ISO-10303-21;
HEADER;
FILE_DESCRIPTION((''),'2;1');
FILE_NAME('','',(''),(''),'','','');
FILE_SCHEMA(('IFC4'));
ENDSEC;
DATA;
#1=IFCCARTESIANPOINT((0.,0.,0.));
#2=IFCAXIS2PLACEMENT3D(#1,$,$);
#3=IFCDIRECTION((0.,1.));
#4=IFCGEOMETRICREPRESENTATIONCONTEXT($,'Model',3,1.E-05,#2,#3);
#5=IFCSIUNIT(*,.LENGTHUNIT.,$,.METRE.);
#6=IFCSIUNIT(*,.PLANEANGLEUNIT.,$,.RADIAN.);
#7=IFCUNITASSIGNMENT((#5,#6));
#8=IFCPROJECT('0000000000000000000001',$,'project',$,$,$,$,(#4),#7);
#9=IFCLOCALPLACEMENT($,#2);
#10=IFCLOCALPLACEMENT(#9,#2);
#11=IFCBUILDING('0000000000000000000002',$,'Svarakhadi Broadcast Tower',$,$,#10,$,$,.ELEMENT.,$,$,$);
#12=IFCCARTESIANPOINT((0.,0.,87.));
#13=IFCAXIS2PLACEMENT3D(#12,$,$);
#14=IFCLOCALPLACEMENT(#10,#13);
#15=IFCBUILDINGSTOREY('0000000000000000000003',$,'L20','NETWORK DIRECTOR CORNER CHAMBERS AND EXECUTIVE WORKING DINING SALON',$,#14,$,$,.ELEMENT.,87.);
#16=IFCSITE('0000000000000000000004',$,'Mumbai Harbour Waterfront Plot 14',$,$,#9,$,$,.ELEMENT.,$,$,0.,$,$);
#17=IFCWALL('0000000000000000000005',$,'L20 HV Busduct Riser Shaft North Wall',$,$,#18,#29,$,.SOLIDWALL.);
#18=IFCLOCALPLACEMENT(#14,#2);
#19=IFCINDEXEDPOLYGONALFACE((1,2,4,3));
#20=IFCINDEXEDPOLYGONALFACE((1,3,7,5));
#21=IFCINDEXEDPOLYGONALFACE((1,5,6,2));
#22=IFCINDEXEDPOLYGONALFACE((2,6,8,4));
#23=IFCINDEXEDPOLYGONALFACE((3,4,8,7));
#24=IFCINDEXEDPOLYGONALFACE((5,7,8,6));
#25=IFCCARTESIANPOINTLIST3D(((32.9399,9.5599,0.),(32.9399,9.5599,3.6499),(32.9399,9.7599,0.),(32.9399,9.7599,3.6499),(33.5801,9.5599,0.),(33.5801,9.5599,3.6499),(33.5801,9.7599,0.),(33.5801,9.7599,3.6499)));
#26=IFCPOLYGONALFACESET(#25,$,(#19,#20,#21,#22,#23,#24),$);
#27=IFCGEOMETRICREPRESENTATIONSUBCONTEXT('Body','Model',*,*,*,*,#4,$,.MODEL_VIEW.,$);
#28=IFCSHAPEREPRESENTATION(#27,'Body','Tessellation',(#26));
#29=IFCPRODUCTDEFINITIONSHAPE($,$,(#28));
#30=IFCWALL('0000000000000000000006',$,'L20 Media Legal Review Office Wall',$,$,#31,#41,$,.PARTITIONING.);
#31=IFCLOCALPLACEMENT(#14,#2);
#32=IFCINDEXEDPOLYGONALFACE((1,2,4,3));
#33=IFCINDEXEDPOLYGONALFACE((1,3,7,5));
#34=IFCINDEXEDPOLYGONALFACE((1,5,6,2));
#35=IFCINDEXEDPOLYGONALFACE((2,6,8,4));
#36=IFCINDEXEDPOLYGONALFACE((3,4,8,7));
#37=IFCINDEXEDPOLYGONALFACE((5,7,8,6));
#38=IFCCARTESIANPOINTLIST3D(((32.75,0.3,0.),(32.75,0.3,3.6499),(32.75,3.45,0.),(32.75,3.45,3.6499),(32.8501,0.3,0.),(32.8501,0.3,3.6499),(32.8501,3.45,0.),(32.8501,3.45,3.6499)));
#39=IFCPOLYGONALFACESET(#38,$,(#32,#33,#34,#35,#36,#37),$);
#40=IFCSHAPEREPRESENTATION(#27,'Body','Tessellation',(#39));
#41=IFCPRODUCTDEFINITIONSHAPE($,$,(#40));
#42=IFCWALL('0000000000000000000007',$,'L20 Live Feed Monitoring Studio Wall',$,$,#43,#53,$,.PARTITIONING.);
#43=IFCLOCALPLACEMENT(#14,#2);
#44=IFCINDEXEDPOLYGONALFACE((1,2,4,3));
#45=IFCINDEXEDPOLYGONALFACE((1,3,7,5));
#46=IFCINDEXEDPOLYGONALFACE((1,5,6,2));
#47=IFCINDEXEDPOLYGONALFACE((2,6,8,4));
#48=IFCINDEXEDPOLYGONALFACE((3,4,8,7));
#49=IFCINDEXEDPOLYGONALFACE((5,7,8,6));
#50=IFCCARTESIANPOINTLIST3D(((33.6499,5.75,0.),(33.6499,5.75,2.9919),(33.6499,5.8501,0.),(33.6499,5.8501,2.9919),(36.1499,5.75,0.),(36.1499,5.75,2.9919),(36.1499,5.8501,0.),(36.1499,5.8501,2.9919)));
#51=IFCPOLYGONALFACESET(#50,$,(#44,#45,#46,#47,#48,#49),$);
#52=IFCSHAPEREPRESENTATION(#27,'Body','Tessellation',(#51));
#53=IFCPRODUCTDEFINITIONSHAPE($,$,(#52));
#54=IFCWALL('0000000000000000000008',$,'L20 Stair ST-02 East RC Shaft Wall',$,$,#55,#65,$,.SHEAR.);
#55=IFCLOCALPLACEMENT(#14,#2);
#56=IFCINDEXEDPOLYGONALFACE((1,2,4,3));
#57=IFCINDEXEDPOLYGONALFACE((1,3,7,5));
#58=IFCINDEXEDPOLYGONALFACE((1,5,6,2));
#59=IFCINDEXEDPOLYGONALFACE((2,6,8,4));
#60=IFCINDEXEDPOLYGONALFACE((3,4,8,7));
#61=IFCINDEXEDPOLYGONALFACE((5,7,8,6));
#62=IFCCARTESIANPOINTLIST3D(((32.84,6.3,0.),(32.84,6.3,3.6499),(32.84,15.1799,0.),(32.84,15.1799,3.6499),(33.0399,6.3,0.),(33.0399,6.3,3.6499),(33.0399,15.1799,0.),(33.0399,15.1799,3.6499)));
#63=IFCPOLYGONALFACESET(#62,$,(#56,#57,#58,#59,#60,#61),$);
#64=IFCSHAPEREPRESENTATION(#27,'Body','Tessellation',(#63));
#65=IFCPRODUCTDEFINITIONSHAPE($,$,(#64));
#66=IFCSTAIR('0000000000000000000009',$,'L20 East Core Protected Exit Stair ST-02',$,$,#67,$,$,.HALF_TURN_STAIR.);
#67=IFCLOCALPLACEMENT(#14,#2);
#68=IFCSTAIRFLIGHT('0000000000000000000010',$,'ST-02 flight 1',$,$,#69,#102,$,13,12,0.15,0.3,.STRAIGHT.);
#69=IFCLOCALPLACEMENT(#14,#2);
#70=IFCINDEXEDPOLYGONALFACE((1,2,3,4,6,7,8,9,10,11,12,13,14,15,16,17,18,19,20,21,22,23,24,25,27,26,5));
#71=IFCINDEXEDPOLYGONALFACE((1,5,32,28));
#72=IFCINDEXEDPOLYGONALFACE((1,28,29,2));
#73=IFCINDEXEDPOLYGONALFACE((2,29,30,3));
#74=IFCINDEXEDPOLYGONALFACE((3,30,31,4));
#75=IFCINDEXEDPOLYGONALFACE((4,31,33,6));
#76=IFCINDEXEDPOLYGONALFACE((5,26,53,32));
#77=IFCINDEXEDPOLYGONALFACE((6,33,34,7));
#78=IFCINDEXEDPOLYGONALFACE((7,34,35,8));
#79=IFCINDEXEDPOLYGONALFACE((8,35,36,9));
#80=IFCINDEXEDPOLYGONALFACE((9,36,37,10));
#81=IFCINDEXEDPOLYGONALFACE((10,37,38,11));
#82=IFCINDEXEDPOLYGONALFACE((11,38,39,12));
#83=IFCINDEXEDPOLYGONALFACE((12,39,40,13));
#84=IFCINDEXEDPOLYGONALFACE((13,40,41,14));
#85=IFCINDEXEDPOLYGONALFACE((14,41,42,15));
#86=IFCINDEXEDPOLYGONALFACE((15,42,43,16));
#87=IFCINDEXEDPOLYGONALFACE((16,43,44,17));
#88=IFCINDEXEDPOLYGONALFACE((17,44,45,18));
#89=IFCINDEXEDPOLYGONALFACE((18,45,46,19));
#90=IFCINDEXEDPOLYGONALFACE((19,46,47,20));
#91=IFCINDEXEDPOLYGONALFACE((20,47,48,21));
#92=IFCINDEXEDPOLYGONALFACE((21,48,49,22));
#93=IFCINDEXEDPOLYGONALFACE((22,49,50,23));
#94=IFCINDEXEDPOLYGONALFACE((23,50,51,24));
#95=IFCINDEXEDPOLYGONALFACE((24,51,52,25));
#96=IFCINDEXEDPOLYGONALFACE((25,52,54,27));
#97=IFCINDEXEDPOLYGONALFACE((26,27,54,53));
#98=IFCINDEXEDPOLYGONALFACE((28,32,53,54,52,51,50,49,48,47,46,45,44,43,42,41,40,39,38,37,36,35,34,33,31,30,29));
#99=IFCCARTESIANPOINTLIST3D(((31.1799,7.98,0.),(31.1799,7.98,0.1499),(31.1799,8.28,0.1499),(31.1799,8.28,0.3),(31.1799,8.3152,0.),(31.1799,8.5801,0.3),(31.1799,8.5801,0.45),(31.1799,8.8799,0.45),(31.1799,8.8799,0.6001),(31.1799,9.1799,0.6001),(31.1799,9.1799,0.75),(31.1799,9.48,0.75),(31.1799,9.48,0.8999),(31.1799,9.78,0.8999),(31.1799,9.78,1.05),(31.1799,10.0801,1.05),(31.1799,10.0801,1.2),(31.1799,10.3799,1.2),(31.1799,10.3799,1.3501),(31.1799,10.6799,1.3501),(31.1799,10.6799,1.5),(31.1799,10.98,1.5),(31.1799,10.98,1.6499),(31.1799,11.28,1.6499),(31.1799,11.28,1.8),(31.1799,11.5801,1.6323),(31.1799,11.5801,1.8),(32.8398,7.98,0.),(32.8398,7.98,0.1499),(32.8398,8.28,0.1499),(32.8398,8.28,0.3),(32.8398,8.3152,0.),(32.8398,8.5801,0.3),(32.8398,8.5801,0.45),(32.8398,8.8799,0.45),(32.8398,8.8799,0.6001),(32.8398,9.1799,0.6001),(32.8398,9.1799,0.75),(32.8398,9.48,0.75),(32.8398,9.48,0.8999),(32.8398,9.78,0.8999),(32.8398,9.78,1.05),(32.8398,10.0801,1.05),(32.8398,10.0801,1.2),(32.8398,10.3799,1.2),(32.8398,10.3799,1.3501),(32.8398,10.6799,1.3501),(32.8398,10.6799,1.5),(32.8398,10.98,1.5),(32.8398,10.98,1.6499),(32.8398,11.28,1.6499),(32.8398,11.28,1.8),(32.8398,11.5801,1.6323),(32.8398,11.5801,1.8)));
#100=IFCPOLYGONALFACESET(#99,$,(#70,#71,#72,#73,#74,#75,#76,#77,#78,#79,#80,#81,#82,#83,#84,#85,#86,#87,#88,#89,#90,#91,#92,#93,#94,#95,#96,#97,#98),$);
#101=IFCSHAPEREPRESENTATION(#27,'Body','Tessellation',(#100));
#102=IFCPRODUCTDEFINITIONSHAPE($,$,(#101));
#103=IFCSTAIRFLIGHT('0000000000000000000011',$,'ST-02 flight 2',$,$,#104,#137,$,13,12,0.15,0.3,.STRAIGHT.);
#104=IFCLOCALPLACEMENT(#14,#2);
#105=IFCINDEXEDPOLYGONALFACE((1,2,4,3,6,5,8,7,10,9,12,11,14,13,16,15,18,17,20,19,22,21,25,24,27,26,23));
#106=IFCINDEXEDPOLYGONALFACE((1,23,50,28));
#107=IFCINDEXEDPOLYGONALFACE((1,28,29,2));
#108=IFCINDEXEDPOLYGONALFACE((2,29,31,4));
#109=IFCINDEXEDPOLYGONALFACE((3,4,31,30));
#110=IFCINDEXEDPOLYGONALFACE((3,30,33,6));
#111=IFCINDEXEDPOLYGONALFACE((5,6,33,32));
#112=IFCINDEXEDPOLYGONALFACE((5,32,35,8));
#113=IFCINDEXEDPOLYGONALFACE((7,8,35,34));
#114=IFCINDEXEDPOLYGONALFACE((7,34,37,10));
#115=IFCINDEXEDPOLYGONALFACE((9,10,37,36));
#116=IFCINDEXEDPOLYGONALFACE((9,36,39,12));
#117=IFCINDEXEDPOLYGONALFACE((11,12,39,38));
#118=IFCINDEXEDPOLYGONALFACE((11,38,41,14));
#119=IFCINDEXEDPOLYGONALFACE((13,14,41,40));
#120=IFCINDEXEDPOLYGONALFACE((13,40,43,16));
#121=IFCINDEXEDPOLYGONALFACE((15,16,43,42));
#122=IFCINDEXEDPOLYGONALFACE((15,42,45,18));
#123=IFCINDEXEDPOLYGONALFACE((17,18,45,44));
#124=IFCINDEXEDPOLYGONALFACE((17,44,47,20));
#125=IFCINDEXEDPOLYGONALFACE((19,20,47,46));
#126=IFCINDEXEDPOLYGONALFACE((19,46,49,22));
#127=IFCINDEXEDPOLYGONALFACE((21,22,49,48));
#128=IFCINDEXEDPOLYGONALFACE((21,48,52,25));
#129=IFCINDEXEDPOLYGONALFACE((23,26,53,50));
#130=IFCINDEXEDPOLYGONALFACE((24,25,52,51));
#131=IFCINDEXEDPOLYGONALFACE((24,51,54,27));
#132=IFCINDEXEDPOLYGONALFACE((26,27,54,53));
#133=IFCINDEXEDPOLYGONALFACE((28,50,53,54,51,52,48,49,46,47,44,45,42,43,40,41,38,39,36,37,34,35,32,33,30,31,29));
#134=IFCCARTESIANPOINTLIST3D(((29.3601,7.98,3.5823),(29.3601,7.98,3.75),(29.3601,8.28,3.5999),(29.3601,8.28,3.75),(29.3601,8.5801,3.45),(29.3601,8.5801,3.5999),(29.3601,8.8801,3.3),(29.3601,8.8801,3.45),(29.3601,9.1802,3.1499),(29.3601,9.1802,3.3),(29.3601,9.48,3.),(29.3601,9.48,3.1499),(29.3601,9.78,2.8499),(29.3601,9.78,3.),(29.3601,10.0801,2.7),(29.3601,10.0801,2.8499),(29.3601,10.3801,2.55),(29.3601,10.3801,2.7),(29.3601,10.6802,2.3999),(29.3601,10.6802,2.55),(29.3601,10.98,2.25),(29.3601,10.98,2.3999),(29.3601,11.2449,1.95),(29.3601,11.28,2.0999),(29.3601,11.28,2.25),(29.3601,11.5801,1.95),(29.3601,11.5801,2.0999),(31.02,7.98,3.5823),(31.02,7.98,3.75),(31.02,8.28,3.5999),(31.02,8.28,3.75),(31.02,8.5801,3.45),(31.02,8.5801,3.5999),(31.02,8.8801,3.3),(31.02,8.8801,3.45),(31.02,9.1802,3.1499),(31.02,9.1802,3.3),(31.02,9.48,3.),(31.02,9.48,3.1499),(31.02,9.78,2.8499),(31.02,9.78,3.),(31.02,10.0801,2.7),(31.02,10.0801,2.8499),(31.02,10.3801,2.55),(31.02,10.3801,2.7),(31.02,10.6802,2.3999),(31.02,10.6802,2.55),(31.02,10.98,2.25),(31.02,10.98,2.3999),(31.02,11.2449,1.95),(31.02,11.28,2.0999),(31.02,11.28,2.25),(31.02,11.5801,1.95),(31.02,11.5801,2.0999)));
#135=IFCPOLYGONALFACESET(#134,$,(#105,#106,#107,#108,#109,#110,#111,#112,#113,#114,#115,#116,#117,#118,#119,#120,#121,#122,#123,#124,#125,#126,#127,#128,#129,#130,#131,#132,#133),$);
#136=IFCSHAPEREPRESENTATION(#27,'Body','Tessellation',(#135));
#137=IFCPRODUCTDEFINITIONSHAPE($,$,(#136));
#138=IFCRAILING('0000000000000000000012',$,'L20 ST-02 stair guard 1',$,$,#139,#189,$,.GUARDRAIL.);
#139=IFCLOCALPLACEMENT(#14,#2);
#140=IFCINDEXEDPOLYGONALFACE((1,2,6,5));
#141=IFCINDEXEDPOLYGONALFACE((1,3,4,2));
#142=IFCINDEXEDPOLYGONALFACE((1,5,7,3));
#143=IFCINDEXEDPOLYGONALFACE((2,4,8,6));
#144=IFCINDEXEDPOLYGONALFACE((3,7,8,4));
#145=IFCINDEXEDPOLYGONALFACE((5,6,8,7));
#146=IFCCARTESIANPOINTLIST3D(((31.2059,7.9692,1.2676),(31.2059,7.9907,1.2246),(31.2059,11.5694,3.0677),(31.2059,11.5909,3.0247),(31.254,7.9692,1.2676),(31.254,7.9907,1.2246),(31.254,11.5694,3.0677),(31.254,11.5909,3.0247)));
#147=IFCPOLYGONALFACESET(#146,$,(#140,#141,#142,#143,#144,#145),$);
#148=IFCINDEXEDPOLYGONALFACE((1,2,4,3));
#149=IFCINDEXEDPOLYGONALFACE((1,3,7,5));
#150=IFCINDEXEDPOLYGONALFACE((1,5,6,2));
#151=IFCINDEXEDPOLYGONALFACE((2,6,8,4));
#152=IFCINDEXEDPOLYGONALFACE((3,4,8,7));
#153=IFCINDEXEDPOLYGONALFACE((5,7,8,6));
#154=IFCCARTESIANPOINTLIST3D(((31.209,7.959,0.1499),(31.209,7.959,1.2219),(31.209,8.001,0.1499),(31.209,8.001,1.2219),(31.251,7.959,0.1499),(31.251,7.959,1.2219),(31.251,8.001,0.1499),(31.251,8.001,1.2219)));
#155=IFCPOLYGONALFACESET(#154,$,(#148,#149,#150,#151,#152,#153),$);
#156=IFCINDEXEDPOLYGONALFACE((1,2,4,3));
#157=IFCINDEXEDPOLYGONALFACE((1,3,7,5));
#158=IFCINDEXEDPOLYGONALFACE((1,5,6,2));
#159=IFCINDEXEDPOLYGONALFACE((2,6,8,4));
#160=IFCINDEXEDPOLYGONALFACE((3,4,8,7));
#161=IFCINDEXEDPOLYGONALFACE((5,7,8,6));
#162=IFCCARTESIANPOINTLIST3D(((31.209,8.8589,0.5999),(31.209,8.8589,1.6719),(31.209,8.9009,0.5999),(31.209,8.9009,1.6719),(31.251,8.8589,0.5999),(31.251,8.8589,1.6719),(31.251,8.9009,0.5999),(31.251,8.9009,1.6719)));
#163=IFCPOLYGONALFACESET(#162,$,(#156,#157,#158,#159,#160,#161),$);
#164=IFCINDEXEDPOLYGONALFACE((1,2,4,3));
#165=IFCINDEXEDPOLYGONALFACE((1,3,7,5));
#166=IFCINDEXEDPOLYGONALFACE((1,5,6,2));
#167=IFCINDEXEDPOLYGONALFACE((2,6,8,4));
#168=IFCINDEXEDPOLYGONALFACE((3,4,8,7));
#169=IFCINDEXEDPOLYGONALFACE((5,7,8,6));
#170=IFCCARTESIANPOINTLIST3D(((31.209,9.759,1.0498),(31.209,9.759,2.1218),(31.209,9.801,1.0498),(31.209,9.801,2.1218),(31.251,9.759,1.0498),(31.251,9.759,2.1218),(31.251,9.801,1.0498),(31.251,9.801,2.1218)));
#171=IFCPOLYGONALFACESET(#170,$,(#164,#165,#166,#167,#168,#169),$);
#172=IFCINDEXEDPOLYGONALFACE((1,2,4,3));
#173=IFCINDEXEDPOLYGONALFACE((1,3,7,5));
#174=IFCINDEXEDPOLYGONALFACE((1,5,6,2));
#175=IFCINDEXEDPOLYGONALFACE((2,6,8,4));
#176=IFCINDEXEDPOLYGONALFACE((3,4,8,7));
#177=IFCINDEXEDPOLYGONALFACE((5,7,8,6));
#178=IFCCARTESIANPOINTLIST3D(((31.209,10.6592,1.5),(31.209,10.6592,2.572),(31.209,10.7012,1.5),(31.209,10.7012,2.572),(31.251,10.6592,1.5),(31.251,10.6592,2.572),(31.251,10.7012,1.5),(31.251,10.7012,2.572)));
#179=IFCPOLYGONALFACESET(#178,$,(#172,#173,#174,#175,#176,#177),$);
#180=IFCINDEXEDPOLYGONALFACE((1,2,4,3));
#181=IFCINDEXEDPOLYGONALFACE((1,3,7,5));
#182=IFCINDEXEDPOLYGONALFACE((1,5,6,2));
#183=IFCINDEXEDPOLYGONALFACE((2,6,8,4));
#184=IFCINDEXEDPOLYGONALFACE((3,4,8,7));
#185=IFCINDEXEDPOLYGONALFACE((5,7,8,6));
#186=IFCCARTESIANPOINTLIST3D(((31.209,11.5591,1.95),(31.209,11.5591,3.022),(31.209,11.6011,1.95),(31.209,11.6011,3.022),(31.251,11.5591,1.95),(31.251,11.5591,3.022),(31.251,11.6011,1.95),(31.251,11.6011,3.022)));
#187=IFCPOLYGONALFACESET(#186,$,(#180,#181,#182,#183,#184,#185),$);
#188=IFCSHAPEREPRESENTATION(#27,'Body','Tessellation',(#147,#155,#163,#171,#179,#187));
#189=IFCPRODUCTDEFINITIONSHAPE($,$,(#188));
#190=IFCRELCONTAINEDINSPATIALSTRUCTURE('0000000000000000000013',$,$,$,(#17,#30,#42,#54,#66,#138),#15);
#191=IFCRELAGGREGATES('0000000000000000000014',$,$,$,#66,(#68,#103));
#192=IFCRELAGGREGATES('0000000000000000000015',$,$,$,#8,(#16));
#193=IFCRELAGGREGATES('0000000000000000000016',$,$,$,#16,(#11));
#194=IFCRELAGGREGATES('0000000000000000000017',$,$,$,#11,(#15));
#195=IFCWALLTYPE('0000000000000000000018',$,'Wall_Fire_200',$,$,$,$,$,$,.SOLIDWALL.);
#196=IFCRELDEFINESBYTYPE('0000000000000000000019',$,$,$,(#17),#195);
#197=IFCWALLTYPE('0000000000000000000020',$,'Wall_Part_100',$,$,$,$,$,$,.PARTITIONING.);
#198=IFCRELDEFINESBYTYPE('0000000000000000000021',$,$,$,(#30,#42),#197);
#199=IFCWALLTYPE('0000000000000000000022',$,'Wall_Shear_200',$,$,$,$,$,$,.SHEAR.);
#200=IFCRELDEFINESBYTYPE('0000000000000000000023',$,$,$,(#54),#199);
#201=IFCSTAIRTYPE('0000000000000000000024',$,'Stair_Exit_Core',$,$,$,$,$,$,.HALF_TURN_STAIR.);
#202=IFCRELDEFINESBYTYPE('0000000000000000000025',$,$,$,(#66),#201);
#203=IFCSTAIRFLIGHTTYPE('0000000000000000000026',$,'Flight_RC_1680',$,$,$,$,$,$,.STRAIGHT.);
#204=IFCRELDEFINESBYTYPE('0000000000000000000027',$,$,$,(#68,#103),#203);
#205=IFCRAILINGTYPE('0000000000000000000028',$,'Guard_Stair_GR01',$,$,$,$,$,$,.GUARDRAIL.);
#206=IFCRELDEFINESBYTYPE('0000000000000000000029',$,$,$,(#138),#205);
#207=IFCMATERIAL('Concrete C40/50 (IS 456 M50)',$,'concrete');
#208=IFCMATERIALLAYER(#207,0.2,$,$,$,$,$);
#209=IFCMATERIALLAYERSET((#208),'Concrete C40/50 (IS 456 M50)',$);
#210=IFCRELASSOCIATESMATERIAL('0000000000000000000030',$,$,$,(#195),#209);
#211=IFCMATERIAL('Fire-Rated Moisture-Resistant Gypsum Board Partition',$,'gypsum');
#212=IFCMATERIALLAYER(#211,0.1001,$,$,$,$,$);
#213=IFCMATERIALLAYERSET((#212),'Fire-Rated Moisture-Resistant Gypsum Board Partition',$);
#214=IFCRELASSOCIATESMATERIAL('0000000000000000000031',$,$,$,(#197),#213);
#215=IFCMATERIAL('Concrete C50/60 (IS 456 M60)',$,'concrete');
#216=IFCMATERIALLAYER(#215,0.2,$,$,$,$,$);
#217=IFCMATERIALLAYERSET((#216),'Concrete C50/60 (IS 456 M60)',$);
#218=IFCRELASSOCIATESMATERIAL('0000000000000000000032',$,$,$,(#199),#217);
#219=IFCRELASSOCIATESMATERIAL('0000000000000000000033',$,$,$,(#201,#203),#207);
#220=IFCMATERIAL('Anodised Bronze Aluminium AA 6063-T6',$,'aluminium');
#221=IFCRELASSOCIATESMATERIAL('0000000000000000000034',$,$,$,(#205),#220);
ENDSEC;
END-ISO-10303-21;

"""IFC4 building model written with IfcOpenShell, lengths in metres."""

from ifc_helpers import new_model, si_unit, direction, frame, frame_2d, origin, origin_2d, place, context, subcontext, project, spatial, polyline, rectangle, outline, extrude, material, layer, layer_set, type_object, element, aggregate, save


model = new_model("IFC4")

# Units and contexts
model_context = context("Model", 3, precision=1e-05, world=origin(), true_north=direction((0.0, 1.0)))
body_context = subcontext(model_context, "Body", "Model", "MODEL_VIEW")
ifc_project = project(units=[si_unit("LENGTHUNIT", "METRE"), si_unit("PLANEANGLEUNIT", "RADIAN")], contexts=[model_context])

# Site, building, storey
site_placement = place(None, origin())
site = spatial("IfcSite", under=ifc_project, at=site_placement, Name="Mumbai Harbour Waterfront Plot 14", CompositionType="ELEMENT", RefElevation=0.0)
building_placement = place(site_placement, origin())
building = spatial("IfcBuilding", under=site, at=building_placement, Name="Svarakhadi Broadcast Tower", CompositionType="ELEMENT")
storey_placement = place(building_placement, frame((0.0, 0.0, 87.0)))
storey = spatial("IfcBuildingStorey", under=building, at=storey_placement, Name="L20", Description="NETWORK DIRECTOR CORNER CHAMBERS AND EXECUTIVE WORKING DINING SALON", CompositionType="ELEMENT", Elevation=87.0)

# Shared definitions
ifc_material_1 = material(Name="Anodised Bronze Aluminium AA 6063-T6", Category="aluminium")

# Shared definitions
ifc_material_2 = material(Name="Concrete C50/60 (IS 456 M60)", Category="concrete")

# Walls
ifc_material_3 = material(Name="Concrete C40/50 (IS 456 M50)", Category="concrete")
ifc_layer_1 = layer(ifc_material_3, 0.2)
ifc_layer_set_1 = layer_set([ifc_layer_1], Name="Concrete C40/50 (IS 456 M50)")
wall_type_1 = type_object("IfcWallType", Name="Wall_Fire_200", PredefinedType="SOLIDWALL", material=ifc_layer_set_1)
wall_1_placement = place(storey_placement, frame((32.9399, 9.6599, 0.0), z_axis=(0.0, 0.0, 1.0), x_axis=(1.0, 0.0, 0.0)))
element("IfcWall", 1, at=wall_1_placement, inside=storey, type_object=wall_type_1, Name="L20 HV Busduct Riser Shaft North Wall", PredefinedType="SOLIDWALL", context=body_context, shape_type="SweptSolid", body=[
    extrude(rectangle(XDim=0.6401, YDim=0.2, at=frame_2d((0.3201, 0.0))), origin(), (0.0, 0.0, 1.0), 3.6499),
])
ifc_material_4 = material(Name="Fire-Rated Moisture-Resistant Gypsum Board Partition", Category="gypsum")
ifc_layer_2 = layer(ifc_material_4, 0.1001)
ifc_layer_set_2 = layer_set([ifc_layer_2], Name="Fire-Rated Moisture-Resistant Gypsum Board Partition")
wall_type_2 = type_object("IfcWallType", Name="Wall_Part_100", PredefinedType="PARTITIONING", material=ifc_layer_set_2)
wall_2_placement = place(storey_placement, frame((32.8, 0.3, 0.0), z_axis=(0.0, 0.0, 1.0), x_axis=(0.0, 1.0, 0.0)))
element("IfcWall", 2, at=wall_2_placement, inside=storey, type_object=wall_type_2, Name="L20 Media Legal Review Office Wall", PredefinedType="PARTITIONING", context=body_context, shape_type="SweptSolid", body=[
    extrude(rectangle(XDim=3.1499, YDim=0.1001, at=frame_2d((1.575, 0.0))), origin(), (0.0, 0.0, 1.0), 3.6499),
])
wall_3_placement = place(storey_placement, frame((33.6499, 5.8, 0.0), z_axis=(0.0, 0.0, 1.0), x_axis=(1.0, 0.0, 0.0)))
element("IfcWall", 3, at=wall_3_placement, inside=storey, type_object=wall_type_2, Name="L20 Live Feed Monitoring Studio Wall", PredefinedType="PARTITIONING", context=body_context, shape_type="SweptSolid", body=[
    extrude(rectangle(XDim=2.5, YDim=0.1001, at=frame_2d((1.25, 0.0))), origin(), (0.0, 0.0, 1.0), 2.9919),
])
ifc_layer_3 = layer(ifc_material_2, 0.2)
ifc_layer_set_3 = layer_set([ifc_layer_3], Name="Concrete C50/60 (IS 456 M60)")
wall_type_3 = type_object("IfcWallType", Name="Wall_Shear_200", PredefinedType="SHEAR", material=ifc_layer_set_3)
wall_4_placement = place(storey_placement, frame((32.9399, 6.3, 0.0), z_axis=(0.0, 0.0, 1.0), x_axis=(0.0, 1.0, 0.0)))
element("IfcWall", 4, at=wall_4_placement, inside=storey, type_object=wall_type_3, Name="L20 Stair ST-02 East RC Shaft Wall", PredefinedType="SHEAR", context=body_context, shape_type="SweptSolid", body=[
    extrude(rectangle(XDim=8.8799, YDim=0.2, at=frame_2d((4.4399, 0.0))), origin(), (0.0, 0.0, 1.0), 3.6499),
])

# Stair, stair flights
stair_type = type_object("IfcStairType", Name="Stair_Exit_Core", PredefinedType="HALF_TURN_STAIR", material=ifc_material_3)
stair_placement = place(storey_placement, origin())
stair = element("IfcStair", 5, at=stair_placement, inside=storey, type_object=stair_type, Name="L20 East Core Protected Exit Stair ST-02", PredefinedType="HALF_TURN_STAIR")
stair_flight_type = type_object("IfcStairFlightType", Name="Flight_RC_1680", PredefinedType="STRAIGHT", material=ifc_material_3)
stair_flight_1_placement = place(storey_placement, frame((32.01, 7.98, 0.0), z_axis=(0.0, 0.0, 1.0), x_axis=(0.0, 1.0, 0.0)))
stair_flight_1 = element("IfcStairFlight", 6, at=stair_flight_1_placement, type_object=stair_flight_type, Name="ST-02 flight 1", NumberOfRisers=13, NumberOfTreads=12, PredefinedType="STRAIGHT", RiserHeight=0.15, TreadLength=0.3, context=body_context, shape_type="SweptSolid", body=[
    extrude(outline(polyline([(0.0, 0.0), (0.0, 0.1499), (0.3, 0.1499), (0.3, 0.3), (0.6001, 0.3), (0.6001, 0.45), (0.8999, 0.45), (0.8999, 0.6001), (1.2, 0.6001), (1.2, 0.75), (1.5, 0.75), (1.5, 0.8999), (1.8, 0.8999), (1.8, 1.05), (2.1001, 1.05), (2.1001, 1.2), (2.3999, 1.2), (2.3999, 1.3501), (2.7, 1.3501), (2.7, 1.5), (3.0, 1.5), (3.0, 1.6499), (3.3, 1.6499), (3.3, 1.8), (3.6001, 1.8), (3.6001, 1.95), (3.6001, 1.6323), (0.3352, 0.0), (0.0, 0.0)])), frame((0.0, 0.8301, 0.0), z_axis=(0.0, -1.0, 0.0), x_axis=(1.0, 0.0, 0.0)), (0.0, 0.0, 1.0), 1.6599),
])
stair_flight_2_placement = place(storey_placement, frame((30.1899, 11.5801, 1.95), z_axis=(0.0, 0.0, 1.0), x_axis=(0.0, -1.0, 0.0)))
stair_flight_2 = element("IfcStairFlight", 7, at=stair_flight_2_placement, type_object=stair_flight_type, Name="ST-02 flight 2", NumberOfRisers=13, NumberOfTreads=12, PredefinedType="STRAIGHT", RiserHeight=0.15, TreadLength=0.3, context=body_context, shape_type="SweptSolid", body=[
    extrude(outline(polyline([(0.0, 0.0), (0.0, 0.1499), (0.3, 0.1499), (0.3, 0.3), (0.6001, 0.3), (0.6001, 0.45), (0.8999, 0.45), (0.8999, 0.6001), (1.2, 0.6001), (1.2, 0.75), (1.5, 0.75), (1.5, 0.8999), (1.8, 0.8999), (1.8, 1.05), (2.1001, 1.05), (2.1001, 1.2), (2.3999, 1.2), (2.3999, 1.3501), (2.7, 1.3501), (2.7, 1.5), (3.0, 1.5), (3.0, 1.6499), (3.3, 1.6499), (3.3, 1.8), (3.6001, 1.8), (3.6001, 1.95), (3.6001, 1.6323), (0.3352, 0.0), (0.0, 0.0)])), frame((0.0, 0.8301, 0.0), z_axis=(0.0, -1.0, 0.0), x_axis=(1.0, 0.0, 0.0)), (0.0, 0.0, 1.0), 1.6599),
])
aggregate(stair, [stair_flight_1, stair_flight_2])

# Railing
railing_type_1 = type_object("IfcRailingType", Name="Guard_Stair_GR01", PredefinedType="GUARDRAIL", material=ifc_material_1)
railing_1_placement = place(storey_placement, frame((31.23, 7.98, 0.1499)))
element("IfcRailing", 8, at=railing_1_placement, inside=storey, type_object=railing_type_1, Name="L20 ST-02 stair guard 1", PredefinedType="GUARDRAIL", context=body_context, shape_type="SweptSolid", body=[
    extrude(rectangle(XDim=0.0481, YDim=0.0481, at=origin_2d()), frame((0.0, 0.0, 1.0962), z_axis=(0.0, 0.894427, 0.447214), x_axis=(-1.0, 0.0, 0.0)), (0.0, 0.0, 1.0), 4.0251),
    extrude(rectangle(XDim=0.042, YDim=0.042, at=origin_2d()), origin(), (0.0, 0.0, 1.0), 1.072),
    extrude(rectangle(XDim=0.042, YDim=0.042, at=origin_2d()), frame((0.0, 0.8999, 0.45)), (0.0, 0.0, 1.0), 1.072),
    extrude(rectangle(XDim=0.042, YDim=0.042, at=origin_2d()), frame((0.0, 1.8, 0.8999)), (0.0, 0.0, 1.0), 1.072),
    extrude(rectangle(XDim=0.042, YDim=0.042, at=origin_2d()), frame((0.0, 2.7002, 1.3501)), (0.0, 0.0, 1.0), 1.072),
    extrude(rectangle(XDim=0.042, YDim=0.042, at=origin_2d()), frame((0.0, 3.6001, 1.8)), (0.0, 0.0, 1.0), 1.072),
])

save(model, "model.ifc")
